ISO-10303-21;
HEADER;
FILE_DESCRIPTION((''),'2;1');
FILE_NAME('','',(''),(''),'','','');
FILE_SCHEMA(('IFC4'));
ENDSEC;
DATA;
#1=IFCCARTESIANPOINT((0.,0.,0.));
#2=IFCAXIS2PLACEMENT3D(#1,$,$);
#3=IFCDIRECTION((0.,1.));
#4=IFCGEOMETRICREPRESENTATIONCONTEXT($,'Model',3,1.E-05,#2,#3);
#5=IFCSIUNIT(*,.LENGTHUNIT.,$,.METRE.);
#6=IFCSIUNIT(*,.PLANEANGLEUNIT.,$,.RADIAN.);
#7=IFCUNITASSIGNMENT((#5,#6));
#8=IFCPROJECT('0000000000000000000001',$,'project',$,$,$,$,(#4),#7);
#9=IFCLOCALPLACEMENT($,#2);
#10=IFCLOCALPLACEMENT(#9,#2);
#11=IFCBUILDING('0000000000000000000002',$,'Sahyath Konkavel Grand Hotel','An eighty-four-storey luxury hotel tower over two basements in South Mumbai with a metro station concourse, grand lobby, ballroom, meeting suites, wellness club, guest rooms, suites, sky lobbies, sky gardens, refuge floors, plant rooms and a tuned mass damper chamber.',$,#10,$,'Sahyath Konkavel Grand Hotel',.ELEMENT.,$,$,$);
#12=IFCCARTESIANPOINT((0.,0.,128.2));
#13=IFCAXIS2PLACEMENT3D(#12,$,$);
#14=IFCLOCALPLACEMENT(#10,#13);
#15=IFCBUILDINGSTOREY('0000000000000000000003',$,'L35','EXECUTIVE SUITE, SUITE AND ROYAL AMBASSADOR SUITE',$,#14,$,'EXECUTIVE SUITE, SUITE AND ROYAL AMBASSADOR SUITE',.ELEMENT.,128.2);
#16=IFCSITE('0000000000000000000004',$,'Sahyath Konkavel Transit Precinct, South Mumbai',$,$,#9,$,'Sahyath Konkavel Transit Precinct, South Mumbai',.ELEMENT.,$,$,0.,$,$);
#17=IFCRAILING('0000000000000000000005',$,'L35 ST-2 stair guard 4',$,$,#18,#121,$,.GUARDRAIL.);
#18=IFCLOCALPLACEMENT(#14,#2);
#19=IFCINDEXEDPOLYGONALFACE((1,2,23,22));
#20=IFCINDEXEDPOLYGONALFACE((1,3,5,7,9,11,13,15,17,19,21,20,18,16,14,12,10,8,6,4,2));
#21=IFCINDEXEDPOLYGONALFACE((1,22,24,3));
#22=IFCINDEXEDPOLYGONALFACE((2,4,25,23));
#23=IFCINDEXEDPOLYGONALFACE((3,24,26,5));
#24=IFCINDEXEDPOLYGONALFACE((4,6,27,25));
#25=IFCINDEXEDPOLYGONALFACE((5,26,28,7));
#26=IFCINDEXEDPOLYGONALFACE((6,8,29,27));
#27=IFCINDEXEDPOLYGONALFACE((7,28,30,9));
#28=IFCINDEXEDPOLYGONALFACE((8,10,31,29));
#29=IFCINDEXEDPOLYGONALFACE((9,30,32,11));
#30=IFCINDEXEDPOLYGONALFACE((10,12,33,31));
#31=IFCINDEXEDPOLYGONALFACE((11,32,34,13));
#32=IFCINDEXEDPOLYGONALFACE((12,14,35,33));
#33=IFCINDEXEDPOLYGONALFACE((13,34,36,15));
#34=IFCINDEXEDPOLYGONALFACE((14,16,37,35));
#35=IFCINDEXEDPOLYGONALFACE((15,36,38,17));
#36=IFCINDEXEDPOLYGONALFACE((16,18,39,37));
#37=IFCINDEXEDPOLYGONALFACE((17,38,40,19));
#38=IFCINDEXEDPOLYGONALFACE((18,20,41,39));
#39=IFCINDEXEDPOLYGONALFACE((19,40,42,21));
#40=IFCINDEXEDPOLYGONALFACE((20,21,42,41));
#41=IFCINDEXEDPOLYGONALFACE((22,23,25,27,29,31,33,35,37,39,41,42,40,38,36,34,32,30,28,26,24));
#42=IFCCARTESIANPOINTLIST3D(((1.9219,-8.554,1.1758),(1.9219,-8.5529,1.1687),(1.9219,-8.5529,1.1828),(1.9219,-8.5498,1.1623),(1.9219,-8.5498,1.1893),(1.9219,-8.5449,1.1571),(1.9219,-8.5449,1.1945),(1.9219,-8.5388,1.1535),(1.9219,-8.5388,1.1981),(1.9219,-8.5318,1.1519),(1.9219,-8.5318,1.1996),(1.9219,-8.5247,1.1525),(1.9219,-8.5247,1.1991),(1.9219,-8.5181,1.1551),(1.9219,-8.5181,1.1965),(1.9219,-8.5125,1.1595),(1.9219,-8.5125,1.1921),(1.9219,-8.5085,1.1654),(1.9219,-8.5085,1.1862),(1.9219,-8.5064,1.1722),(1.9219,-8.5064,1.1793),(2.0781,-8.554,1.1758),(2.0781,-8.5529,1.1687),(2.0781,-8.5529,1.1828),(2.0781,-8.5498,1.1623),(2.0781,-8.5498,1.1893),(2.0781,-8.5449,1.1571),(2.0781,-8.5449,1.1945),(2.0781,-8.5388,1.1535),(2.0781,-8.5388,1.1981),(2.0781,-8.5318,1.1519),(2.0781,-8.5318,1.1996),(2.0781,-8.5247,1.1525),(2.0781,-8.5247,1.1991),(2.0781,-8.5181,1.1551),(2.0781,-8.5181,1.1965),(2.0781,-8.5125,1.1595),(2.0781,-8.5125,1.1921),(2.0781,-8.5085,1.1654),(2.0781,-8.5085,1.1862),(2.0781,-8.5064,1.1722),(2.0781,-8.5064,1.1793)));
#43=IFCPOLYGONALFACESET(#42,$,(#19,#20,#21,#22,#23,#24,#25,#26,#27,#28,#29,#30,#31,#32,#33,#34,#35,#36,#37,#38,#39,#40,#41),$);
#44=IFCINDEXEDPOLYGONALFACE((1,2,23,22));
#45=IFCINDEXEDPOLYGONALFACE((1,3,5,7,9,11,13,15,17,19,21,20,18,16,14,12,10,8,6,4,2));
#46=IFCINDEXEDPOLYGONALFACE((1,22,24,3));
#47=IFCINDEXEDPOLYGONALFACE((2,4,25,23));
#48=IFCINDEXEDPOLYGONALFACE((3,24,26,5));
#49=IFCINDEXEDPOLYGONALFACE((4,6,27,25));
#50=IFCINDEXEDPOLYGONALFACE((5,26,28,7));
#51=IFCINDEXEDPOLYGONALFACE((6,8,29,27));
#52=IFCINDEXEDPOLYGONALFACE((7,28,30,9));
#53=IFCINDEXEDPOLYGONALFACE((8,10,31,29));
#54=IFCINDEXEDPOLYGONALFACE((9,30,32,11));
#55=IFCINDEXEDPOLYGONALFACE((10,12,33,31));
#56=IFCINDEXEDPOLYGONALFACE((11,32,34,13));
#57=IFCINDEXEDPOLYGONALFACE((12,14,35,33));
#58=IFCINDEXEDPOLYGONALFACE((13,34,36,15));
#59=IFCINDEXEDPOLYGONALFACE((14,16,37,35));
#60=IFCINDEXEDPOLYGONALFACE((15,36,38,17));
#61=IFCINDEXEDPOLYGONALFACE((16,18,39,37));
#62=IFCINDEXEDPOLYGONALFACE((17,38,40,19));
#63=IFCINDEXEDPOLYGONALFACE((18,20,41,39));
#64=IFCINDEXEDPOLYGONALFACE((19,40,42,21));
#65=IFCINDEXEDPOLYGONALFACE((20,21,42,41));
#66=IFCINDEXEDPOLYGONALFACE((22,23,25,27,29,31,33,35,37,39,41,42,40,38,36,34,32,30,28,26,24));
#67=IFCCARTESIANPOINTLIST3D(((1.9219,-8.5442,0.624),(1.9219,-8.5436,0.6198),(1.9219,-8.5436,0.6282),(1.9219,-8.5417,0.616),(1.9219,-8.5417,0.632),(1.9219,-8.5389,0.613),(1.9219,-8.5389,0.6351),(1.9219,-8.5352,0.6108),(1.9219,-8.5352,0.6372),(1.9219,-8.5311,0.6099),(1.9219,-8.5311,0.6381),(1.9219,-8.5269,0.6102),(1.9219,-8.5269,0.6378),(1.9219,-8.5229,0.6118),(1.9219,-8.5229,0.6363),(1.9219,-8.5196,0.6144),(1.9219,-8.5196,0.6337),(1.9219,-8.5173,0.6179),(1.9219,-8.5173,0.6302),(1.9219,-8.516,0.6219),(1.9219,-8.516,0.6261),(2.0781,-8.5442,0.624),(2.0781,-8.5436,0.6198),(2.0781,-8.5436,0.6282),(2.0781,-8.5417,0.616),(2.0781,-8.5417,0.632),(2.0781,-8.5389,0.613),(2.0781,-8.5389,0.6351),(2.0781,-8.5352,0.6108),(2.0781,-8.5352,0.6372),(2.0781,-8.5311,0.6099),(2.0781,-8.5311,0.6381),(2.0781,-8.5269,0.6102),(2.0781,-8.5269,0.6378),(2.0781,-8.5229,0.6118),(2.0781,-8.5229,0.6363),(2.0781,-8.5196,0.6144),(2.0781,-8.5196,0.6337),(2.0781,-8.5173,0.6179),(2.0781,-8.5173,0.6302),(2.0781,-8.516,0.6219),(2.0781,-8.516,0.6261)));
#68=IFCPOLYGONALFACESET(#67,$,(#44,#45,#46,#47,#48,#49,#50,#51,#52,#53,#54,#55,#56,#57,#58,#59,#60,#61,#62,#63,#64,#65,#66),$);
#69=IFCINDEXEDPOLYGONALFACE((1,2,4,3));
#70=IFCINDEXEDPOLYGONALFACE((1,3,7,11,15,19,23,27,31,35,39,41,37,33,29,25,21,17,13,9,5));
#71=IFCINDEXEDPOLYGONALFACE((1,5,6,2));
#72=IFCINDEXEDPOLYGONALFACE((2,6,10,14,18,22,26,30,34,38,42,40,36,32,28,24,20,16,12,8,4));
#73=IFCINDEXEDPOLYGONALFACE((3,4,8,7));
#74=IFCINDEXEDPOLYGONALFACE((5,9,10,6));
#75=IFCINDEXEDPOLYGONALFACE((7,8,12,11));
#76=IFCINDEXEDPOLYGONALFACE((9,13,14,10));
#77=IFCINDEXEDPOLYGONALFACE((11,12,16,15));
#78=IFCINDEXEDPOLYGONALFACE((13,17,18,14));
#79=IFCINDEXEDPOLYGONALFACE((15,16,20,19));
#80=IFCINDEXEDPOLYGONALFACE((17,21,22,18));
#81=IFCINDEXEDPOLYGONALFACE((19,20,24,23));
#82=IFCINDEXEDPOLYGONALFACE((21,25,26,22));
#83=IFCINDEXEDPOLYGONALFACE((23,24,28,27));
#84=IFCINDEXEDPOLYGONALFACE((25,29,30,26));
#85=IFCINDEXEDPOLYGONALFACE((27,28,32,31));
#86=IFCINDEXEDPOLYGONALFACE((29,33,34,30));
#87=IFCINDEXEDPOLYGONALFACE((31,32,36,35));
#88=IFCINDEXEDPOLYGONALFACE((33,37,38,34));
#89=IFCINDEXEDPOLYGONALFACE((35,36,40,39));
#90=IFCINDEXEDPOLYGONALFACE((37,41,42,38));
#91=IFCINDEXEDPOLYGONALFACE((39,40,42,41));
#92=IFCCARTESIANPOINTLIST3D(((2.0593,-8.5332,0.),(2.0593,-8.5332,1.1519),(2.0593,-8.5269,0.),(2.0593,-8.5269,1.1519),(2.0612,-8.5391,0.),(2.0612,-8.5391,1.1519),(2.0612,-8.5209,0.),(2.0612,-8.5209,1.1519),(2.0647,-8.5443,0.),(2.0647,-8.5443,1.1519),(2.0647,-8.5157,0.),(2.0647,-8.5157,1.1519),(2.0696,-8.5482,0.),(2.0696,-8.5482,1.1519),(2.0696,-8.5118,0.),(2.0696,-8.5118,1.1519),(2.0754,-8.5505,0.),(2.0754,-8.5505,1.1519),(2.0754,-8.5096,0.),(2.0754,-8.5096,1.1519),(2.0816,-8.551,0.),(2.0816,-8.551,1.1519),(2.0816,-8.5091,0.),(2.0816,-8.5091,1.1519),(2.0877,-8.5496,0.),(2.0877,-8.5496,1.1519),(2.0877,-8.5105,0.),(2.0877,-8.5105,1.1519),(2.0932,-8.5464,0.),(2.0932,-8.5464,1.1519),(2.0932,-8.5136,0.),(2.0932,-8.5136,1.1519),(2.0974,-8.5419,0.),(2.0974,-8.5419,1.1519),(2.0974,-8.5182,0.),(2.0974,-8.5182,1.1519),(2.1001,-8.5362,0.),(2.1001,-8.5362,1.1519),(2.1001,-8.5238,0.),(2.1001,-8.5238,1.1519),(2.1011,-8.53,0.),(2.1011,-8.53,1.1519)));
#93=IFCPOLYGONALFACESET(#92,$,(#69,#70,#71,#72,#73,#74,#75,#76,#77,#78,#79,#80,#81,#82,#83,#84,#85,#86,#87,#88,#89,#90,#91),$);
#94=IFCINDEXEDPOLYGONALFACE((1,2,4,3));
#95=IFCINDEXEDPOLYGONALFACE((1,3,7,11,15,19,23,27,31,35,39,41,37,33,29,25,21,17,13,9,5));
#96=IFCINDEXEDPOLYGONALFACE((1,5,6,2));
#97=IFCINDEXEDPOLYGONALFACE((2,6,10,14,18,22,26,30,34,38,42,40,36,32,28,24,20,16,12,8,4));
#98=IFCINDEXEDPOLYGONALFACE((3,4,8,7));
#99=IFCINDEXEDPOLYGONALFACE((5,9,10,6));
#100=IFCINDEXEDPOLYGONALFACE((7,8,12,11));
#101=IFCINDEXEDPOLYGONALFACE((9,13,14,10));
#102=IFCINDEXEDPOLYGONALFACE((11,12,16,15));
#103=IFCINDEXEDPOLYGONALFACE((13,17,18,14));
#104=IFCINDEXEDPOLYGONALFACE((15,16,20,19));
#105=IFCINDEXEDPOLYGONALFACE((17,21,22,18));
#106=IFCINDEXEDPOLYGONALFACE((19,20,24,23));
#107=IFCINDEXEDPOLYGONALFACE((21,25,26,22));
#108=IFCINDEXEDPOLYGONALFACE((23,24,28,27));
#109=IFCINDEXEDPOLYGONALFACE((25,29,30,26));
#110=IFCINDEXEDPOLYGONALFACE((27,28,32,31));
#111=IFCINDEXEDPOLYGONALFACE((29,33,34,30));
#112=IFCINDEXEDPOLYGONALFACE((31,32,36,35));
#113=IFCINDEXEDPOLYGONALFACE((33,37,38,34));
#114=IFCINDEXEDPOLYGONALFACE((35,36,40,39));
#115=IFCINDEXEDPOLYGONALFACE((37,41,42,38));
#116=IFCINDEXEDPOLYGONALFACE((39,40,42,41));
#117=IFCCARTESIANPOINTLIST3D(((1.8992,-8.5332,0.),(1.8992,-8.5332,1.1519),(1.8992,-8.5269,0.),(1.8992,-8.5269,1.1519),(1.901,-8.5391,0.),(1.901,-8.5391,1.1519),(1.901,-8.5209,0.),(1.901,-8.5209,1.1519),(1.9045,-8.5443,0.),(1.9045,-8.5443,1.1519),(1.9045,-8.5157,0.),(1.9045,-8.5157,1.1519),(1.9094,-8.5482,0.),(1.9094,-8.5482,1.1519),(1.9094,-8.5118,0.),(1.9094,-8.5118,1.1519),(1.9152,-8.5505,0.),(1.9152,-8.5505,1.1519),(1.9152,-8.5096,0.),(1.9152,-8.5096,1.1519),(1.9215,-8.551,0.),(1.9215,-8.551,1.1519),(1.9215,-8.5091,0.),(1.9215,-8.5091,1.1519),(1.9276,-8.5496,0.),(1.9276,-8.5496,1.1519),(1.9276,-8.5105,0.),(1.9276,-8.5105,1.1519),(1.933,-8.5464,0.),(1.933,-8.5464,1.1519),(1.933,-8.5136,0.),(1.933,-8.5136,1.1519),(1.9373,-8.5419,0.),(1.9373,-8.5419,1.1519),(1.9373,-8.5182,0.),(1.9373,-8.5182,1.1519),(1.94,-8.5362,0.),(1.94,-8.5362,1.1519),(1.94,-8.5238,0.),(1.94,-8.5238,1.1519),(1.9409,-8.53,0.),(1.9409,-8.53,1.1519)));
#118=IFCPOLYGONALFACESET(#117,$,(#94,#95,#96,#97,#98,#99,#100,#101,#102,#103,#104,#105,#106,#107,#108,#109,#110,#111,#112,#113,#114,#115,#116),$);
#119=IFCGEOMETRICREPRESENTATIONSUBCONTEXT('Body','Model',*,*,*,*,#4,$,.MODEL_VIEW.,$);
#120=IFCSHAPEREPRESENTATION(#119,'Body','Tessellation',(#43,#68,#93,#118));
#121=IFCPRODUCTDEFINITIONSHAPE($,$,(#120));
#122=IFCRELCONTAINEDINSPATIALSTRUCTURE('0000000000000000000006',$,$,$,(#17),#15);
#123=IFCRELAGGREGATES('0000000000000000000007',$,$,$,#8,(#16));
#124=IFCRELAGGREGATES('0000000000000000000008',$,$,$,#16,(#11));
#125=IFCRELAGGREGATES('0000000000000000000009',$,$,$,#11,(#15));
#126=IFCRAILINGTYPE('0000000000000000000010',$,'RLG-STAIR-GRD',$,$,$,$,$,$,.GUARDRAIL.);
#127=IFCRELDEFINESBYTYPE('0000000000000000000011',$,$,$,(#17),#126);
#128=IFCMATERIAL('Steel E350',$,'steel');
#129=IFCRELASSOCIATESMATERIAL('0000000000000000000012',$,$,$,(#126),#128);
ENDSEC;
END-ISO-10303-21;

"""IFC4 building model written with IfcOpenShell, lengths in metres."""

from ifc_helpers import new_model, si_unit, direction, frame, origin, origin_2d, place, context, subcontext, project, spatial, circle, extrude, material, type_object, element, save


model = new_model("IFC4")

# Units and contexts
model_context = context("Model", 3, precision=1e-05, world=origin(), true_north=direction((0.0, 1.0)))
body_context = subcontext(model_context, "Body", "Model", "MODEL_VIEW")
ifc_project = project(units=[si_unit("LENGTHUNIT", "METRE"), si_unit("PLANEANGLEUNIT", "RADIAN")], contexts=[model_context])

# Site, building, storey
site_placement = place(None, origin())
site = spatial("IfcSite", under=ifc_project, at=site_placement, Name="Sahyath Konkavel Transit Precinct, South Mumbai", LongName="Sahyath Konkavel Transit Precinct, South Mumbai", CompositionType="ELEMENT", RefElevation=0.0)
building_placement = place(site_placement, origin())
building = spatial("IfcBuilding", under=site, at=building_placement, Name="Sahyath Konkavel Grand Hotel", Description="An eighty-four-storey luxury hotel tower over two basements in South Mumbai with a metro station concourse, grand lobby, ballroom, meeting suites, wellness club, guest rooms, suites, sky lobbies, sky gardens, refuge floors, plant rooms and a tuned mass damper chamber.", LongName="Sahyath Konkavel Grand Hotel", CompositionType="ELEMENT")
storey_placement = place(building_placement, frame((0.0, 0.0, 128.2)))
storey = spatial("IfcBuildingStorey", under=building, at=storey_placement, Name="L35", Description="EXECUTIVE SUITE, SUITE AND ROYAL AMBASSADOR SUITE", LongName="EXECUTIVE SUITE, SUITE AND ROYAL AMBASSADOR SUITE", CompositionType="ELEMENT", Elevation=128.2)

# Shared definitions
ifc_material_1 = material(Name="Steel E350", Category="steel")

# Railing
railing_type_1 = type_object("IfcRailingType", Name="RLG-STAIR-GRD", PredefinedType="GUARDRAIL", material=ifc_material_1)
railing_1_placement = place(storey_placement, frame((2.0801, -8.53, 0.0)))
element("IfcRailing", 1, at=railing_1_placement, inside=storey, type_object=railing_type_1, Name="L35 ST-2 stair guard 4", PredefinedType="GUARDRAIL", context=body_context, shape_type="SweptSolid", body=[
    extrude(circle(Radius=0.0239, at=origin_2d()), frame((-0.002, 0.0, 1.1758), z_axis=(-1.0, 0.0, 0.0), x_axis=(0.0, -1.0, 0.0)), (0.0, 0.0, 1.0), 0.1562),
    extrude(circle(Radius=0.0142, at=origin_2d()), frame((-0.002, 0.0, 0.624), z_axis=(-1.0, 0.0, 0.0), x_axis=(0.0, -1.0, 0.0)), (0.0, 0.0, 1.0), 0.1562),
    extrude(circle(Radius=0.021, at=origin_2d()), origin(), (0.0, 0.0, 1.0), 1.1519),
    extrude(circle(Radius=0.021, at=origin_2d()), frame((-0.1602, 0.0, 0.0)), (0.0, 0.0, 1.0), 1.1519),
])

save(model, "model.ifc")
